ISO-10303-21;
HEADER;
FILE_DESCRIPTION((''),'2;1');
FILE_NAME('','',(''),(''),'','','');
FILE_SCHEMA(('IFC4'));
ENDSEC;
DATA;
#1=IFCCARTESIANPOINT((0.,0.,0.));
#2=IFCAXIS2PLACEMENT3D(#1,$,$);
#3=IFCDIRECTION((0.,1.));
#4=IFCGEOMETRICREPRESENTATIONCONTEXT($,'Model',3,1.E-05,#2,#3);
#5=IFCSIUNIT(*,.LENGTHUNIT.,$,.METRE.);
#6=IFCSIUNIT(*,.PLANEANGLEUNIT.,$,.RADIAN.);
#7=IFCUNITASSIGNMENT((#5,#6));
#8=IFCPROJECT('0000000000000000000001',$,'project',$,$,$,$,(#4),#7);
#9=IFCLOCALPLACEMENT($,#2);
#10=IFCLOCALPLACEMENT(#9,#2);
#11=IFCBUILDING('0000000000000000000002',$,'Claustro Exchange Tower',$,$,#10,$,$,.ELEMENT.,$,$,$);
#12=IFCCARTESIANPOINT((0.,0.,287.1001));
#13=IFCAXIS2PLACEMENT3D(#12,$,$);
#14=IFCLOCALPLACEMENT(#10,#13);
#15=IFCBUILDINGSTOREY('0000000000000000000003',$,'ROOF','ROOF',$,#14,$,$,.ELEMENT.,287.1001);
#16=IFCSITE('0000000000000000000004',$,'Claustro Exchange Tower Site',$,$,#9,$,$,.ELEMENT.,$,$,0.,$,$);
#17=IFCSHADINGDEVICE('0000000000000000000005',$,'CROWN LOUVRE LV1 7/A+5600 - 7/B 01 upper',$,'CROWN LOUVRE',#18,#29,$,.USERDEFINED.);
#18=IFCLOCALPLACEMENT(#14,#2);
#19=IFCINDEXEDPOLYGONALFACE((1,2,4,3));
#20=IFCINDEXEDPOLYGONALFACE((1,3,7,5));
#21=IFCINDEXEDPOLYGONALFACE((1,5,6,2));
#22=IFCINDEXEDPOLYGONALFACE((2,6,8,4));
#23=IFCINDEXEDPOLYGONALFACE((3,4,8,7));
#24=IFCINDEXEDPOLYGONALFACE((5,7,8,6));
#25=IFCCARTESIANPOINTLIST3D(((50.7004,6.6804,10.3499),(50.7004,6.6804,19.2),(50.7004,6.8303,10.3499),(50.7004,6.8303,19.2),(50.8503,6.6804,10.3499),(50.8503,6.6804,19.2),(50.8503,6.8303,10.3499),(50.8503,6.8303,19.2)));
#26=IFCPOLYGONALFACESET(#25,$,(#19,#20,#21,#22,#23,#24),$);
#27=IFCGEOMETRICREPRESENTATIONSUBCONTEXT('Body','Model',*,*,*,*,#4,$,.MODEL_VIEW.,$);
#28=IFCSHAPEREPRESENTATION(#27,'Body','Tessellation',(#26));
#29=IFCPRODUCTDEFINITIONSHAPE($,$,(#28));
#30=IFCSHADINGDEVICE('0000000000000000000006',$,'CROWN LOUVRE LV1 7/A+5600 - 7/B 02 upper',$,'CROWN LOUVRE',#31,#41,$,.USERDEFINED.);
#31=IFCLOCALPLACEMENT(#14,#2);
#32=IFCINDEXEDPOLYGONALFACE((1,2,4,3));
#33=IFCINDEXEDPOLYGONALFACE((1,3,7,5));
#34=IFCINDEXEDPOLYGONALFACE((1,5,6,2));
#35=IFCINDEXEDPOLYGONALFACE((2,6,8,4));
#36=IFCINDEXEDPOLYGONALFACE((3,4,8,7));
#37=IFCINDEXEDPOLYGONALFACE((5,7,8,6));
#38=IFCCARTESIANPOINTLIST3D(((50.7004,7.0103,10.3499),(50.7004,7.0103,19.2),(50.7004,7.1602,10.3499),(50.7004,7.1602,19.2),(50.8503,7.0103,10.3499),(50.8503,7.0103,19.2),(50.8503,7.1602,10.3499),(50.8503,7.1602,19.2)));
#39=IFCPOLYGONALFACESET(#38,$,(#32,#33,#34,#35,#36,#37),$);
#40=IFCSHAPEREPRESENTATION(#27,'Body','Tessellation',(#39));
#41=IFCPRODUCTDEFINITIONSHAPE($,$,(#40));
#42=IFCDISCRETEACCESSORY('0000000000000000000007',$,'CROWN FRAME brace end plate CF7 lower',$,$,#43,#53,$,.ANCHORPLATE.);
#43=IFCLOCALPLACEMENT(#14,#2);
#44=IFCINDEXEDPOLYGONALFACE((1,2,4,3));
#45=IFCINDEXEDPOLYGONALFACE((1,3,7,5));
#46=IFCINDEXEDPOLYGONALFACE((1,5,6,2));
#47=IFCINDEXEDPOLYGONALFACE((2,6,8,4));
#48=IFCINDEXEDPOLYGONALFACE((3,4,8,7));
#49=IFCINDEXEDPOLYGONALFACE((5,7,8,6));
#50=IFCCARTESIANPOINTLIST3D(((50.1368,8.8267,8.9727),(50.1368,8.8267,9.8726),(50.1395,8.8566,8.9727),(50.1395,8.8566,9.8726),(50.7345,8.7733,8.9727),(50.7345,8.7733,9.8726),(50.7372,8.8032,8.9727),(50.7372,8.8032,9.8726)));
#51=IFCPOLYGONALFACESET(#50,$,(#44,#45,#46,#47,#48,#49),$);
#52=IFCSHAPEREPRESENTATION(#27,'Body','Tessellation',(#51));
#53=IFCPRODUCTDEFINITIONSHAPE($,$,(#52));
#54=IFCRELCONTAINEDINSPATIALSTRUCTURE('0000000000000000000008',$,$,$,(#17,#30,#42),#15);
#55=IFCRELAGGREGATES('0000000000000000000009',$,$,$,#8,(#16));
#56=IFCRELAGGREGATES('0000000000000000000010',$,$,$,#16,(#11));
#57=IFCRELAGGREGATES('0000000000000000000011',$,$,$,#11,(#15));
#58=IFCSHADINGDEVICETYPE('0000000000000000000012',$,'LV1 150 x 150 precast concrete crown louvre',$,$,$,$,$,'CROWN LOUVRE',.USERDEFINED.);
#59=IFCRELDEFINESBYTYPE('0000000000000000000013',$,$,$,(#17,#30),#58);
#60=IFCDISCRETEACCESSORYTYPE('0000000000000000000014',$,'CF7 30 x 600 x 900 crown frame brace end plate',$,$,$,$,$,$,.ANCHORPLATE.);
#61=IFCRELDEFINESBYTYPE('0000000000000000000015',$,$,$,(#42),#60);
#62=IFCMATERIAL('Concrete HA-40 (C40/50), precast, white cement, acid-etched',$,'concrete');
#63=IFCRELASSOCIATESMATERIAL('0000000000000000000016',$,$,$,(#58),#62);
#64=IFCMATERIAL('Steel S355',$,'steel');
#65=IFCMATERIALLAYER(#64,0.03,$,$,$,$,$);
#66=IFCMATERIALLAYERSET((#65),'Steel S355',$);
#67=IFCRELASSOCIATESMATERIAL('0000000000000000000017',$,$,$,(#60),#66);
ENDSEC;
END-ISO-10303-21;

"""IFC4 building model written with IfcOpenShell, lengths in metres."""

from ifc_helpers import new_model, si_unit, direction, frame, origin, origin_2d, place, context, subcontext, project, spatial, rectangle, extrude, material, layer, layer_set, type_object, element, save


model = new_model("IFC4")

# Units and contexts
model_context = context("Model", 3, precision=1e-05, world=origin(), true_north=direction((0.0, 1.0)))
body_context = subcontext(model_context, "Body", "Model", "MODEL_VIEW")
ifc_project = project(units=[si_unit("LENGTHUNIT", "METRE"), si_unit("PLANEANGLEUNIT", "RADIAN")], contexts=[model_context])

# Site, building, storey
site_placement = place(None, origin())
site = spatial("IfcSite", under=ifc_project, at=site_placement, Name="Claustro Exchange Tower Site", CompositionType="ELEMENT", RefElevation=0.0)
building_placement = place(site_placement, origin())
building = spatial("IfcBuilding", under=site, at=building_placement, Name="Claustro Exchange Tower", CompositionType="ELEMENT")
storey_placement = place(building_placement, frame((0.0, 0.0, 287.1001)))
storey = spatial("IfcBuildingStorey", under=building, at=storey_placement, Name="ROOF", Description="ROOF", CompositionType="ELEMENT", Elevation=287.1001)

# Shading devices
ifc_material_1 = material(Name="Concrete HA-40 (C40/50), precast, white cement, acid-etched", Category="concrete")
shading_device_type = type_object("IfcShadingDeviceType", Name="LV1 150 x 150 precast concrete crown louvre", ElementType="CROWN LOUVRE", PredefinedType="USERDEFINED", material=ifc_material_1)
for number, where, z_axis, x_axis, name in (
    (1, (50.7754, 6.7554, 10.3499), (0.0, 0.0, 1.0), (0.0, 1.0, 0.0), "CROWN LOUVRE LV1 7/A+5600 - 7/B 01 upper"),
    (2, (50.7754, 7.0852, 10.3499), (0.0, 0.0, 1.0), (0.0, 1.0, 0.0), "CROWN LOUVRE LV1 7/A+5600 - 7/B 02 upper"),
):
    element("IfcShadingDevice", number, at=place(storey_placement, frame(where, z_axis=z_axis, x_axis=x_axis)), inside=storey, type_object=shading_device_type, Name=name, ObjectType="CROWN LOUVRE", PredefinedType="USERDEFINED", context=body_context, shape_type="SweptSolid", body=[
        extrude(rectangle(XDim=0.1499, YDim=0.1499, at=origin_2d()), origin(), (0.0, 0.0, 1.0), 8.8501),
    ])

# Discrete accessory
ifc_material_2 = material(Name="Steel S355", Category="steel")
ifc_layer = layer(ifc_material_2, 0.03)
ifc_layer_set = layer_set([ifc_layer], Name="Steel S355")
discrete_accessory_type = type_object("IfcDiscreteAccessoryType", Name="CF7 30 x 600 x 900 crown frame brace end plate", PredefinedType="ANCHORPLATE", material=ifc_layer_set)
discrete_accessory_placement = place(storey_placement, frame((50.437, 8.8149, 8.9727), z_axis=(0.0, 0.0, 1.0), x_axis=(-0.088933, -0.996038, 0.0)))
element("IfcDiscreteAccessory", 3, at=discrete_accessory_placement, inside=storey, type_object=discrete_accessory_type, Name="CROWN FRAME brace end plate CF7 lower", PredefinedType="ANCHORPLATE", context=body_context, shape_type="SweptSolid", body=[
    extrude(rectangle(XDim=0.03, YDim=0.6001, at=origin_2d()), origin(), (0.0, 0.0, 1.0), 0.8999),
])

save(model, "model.ifc")
